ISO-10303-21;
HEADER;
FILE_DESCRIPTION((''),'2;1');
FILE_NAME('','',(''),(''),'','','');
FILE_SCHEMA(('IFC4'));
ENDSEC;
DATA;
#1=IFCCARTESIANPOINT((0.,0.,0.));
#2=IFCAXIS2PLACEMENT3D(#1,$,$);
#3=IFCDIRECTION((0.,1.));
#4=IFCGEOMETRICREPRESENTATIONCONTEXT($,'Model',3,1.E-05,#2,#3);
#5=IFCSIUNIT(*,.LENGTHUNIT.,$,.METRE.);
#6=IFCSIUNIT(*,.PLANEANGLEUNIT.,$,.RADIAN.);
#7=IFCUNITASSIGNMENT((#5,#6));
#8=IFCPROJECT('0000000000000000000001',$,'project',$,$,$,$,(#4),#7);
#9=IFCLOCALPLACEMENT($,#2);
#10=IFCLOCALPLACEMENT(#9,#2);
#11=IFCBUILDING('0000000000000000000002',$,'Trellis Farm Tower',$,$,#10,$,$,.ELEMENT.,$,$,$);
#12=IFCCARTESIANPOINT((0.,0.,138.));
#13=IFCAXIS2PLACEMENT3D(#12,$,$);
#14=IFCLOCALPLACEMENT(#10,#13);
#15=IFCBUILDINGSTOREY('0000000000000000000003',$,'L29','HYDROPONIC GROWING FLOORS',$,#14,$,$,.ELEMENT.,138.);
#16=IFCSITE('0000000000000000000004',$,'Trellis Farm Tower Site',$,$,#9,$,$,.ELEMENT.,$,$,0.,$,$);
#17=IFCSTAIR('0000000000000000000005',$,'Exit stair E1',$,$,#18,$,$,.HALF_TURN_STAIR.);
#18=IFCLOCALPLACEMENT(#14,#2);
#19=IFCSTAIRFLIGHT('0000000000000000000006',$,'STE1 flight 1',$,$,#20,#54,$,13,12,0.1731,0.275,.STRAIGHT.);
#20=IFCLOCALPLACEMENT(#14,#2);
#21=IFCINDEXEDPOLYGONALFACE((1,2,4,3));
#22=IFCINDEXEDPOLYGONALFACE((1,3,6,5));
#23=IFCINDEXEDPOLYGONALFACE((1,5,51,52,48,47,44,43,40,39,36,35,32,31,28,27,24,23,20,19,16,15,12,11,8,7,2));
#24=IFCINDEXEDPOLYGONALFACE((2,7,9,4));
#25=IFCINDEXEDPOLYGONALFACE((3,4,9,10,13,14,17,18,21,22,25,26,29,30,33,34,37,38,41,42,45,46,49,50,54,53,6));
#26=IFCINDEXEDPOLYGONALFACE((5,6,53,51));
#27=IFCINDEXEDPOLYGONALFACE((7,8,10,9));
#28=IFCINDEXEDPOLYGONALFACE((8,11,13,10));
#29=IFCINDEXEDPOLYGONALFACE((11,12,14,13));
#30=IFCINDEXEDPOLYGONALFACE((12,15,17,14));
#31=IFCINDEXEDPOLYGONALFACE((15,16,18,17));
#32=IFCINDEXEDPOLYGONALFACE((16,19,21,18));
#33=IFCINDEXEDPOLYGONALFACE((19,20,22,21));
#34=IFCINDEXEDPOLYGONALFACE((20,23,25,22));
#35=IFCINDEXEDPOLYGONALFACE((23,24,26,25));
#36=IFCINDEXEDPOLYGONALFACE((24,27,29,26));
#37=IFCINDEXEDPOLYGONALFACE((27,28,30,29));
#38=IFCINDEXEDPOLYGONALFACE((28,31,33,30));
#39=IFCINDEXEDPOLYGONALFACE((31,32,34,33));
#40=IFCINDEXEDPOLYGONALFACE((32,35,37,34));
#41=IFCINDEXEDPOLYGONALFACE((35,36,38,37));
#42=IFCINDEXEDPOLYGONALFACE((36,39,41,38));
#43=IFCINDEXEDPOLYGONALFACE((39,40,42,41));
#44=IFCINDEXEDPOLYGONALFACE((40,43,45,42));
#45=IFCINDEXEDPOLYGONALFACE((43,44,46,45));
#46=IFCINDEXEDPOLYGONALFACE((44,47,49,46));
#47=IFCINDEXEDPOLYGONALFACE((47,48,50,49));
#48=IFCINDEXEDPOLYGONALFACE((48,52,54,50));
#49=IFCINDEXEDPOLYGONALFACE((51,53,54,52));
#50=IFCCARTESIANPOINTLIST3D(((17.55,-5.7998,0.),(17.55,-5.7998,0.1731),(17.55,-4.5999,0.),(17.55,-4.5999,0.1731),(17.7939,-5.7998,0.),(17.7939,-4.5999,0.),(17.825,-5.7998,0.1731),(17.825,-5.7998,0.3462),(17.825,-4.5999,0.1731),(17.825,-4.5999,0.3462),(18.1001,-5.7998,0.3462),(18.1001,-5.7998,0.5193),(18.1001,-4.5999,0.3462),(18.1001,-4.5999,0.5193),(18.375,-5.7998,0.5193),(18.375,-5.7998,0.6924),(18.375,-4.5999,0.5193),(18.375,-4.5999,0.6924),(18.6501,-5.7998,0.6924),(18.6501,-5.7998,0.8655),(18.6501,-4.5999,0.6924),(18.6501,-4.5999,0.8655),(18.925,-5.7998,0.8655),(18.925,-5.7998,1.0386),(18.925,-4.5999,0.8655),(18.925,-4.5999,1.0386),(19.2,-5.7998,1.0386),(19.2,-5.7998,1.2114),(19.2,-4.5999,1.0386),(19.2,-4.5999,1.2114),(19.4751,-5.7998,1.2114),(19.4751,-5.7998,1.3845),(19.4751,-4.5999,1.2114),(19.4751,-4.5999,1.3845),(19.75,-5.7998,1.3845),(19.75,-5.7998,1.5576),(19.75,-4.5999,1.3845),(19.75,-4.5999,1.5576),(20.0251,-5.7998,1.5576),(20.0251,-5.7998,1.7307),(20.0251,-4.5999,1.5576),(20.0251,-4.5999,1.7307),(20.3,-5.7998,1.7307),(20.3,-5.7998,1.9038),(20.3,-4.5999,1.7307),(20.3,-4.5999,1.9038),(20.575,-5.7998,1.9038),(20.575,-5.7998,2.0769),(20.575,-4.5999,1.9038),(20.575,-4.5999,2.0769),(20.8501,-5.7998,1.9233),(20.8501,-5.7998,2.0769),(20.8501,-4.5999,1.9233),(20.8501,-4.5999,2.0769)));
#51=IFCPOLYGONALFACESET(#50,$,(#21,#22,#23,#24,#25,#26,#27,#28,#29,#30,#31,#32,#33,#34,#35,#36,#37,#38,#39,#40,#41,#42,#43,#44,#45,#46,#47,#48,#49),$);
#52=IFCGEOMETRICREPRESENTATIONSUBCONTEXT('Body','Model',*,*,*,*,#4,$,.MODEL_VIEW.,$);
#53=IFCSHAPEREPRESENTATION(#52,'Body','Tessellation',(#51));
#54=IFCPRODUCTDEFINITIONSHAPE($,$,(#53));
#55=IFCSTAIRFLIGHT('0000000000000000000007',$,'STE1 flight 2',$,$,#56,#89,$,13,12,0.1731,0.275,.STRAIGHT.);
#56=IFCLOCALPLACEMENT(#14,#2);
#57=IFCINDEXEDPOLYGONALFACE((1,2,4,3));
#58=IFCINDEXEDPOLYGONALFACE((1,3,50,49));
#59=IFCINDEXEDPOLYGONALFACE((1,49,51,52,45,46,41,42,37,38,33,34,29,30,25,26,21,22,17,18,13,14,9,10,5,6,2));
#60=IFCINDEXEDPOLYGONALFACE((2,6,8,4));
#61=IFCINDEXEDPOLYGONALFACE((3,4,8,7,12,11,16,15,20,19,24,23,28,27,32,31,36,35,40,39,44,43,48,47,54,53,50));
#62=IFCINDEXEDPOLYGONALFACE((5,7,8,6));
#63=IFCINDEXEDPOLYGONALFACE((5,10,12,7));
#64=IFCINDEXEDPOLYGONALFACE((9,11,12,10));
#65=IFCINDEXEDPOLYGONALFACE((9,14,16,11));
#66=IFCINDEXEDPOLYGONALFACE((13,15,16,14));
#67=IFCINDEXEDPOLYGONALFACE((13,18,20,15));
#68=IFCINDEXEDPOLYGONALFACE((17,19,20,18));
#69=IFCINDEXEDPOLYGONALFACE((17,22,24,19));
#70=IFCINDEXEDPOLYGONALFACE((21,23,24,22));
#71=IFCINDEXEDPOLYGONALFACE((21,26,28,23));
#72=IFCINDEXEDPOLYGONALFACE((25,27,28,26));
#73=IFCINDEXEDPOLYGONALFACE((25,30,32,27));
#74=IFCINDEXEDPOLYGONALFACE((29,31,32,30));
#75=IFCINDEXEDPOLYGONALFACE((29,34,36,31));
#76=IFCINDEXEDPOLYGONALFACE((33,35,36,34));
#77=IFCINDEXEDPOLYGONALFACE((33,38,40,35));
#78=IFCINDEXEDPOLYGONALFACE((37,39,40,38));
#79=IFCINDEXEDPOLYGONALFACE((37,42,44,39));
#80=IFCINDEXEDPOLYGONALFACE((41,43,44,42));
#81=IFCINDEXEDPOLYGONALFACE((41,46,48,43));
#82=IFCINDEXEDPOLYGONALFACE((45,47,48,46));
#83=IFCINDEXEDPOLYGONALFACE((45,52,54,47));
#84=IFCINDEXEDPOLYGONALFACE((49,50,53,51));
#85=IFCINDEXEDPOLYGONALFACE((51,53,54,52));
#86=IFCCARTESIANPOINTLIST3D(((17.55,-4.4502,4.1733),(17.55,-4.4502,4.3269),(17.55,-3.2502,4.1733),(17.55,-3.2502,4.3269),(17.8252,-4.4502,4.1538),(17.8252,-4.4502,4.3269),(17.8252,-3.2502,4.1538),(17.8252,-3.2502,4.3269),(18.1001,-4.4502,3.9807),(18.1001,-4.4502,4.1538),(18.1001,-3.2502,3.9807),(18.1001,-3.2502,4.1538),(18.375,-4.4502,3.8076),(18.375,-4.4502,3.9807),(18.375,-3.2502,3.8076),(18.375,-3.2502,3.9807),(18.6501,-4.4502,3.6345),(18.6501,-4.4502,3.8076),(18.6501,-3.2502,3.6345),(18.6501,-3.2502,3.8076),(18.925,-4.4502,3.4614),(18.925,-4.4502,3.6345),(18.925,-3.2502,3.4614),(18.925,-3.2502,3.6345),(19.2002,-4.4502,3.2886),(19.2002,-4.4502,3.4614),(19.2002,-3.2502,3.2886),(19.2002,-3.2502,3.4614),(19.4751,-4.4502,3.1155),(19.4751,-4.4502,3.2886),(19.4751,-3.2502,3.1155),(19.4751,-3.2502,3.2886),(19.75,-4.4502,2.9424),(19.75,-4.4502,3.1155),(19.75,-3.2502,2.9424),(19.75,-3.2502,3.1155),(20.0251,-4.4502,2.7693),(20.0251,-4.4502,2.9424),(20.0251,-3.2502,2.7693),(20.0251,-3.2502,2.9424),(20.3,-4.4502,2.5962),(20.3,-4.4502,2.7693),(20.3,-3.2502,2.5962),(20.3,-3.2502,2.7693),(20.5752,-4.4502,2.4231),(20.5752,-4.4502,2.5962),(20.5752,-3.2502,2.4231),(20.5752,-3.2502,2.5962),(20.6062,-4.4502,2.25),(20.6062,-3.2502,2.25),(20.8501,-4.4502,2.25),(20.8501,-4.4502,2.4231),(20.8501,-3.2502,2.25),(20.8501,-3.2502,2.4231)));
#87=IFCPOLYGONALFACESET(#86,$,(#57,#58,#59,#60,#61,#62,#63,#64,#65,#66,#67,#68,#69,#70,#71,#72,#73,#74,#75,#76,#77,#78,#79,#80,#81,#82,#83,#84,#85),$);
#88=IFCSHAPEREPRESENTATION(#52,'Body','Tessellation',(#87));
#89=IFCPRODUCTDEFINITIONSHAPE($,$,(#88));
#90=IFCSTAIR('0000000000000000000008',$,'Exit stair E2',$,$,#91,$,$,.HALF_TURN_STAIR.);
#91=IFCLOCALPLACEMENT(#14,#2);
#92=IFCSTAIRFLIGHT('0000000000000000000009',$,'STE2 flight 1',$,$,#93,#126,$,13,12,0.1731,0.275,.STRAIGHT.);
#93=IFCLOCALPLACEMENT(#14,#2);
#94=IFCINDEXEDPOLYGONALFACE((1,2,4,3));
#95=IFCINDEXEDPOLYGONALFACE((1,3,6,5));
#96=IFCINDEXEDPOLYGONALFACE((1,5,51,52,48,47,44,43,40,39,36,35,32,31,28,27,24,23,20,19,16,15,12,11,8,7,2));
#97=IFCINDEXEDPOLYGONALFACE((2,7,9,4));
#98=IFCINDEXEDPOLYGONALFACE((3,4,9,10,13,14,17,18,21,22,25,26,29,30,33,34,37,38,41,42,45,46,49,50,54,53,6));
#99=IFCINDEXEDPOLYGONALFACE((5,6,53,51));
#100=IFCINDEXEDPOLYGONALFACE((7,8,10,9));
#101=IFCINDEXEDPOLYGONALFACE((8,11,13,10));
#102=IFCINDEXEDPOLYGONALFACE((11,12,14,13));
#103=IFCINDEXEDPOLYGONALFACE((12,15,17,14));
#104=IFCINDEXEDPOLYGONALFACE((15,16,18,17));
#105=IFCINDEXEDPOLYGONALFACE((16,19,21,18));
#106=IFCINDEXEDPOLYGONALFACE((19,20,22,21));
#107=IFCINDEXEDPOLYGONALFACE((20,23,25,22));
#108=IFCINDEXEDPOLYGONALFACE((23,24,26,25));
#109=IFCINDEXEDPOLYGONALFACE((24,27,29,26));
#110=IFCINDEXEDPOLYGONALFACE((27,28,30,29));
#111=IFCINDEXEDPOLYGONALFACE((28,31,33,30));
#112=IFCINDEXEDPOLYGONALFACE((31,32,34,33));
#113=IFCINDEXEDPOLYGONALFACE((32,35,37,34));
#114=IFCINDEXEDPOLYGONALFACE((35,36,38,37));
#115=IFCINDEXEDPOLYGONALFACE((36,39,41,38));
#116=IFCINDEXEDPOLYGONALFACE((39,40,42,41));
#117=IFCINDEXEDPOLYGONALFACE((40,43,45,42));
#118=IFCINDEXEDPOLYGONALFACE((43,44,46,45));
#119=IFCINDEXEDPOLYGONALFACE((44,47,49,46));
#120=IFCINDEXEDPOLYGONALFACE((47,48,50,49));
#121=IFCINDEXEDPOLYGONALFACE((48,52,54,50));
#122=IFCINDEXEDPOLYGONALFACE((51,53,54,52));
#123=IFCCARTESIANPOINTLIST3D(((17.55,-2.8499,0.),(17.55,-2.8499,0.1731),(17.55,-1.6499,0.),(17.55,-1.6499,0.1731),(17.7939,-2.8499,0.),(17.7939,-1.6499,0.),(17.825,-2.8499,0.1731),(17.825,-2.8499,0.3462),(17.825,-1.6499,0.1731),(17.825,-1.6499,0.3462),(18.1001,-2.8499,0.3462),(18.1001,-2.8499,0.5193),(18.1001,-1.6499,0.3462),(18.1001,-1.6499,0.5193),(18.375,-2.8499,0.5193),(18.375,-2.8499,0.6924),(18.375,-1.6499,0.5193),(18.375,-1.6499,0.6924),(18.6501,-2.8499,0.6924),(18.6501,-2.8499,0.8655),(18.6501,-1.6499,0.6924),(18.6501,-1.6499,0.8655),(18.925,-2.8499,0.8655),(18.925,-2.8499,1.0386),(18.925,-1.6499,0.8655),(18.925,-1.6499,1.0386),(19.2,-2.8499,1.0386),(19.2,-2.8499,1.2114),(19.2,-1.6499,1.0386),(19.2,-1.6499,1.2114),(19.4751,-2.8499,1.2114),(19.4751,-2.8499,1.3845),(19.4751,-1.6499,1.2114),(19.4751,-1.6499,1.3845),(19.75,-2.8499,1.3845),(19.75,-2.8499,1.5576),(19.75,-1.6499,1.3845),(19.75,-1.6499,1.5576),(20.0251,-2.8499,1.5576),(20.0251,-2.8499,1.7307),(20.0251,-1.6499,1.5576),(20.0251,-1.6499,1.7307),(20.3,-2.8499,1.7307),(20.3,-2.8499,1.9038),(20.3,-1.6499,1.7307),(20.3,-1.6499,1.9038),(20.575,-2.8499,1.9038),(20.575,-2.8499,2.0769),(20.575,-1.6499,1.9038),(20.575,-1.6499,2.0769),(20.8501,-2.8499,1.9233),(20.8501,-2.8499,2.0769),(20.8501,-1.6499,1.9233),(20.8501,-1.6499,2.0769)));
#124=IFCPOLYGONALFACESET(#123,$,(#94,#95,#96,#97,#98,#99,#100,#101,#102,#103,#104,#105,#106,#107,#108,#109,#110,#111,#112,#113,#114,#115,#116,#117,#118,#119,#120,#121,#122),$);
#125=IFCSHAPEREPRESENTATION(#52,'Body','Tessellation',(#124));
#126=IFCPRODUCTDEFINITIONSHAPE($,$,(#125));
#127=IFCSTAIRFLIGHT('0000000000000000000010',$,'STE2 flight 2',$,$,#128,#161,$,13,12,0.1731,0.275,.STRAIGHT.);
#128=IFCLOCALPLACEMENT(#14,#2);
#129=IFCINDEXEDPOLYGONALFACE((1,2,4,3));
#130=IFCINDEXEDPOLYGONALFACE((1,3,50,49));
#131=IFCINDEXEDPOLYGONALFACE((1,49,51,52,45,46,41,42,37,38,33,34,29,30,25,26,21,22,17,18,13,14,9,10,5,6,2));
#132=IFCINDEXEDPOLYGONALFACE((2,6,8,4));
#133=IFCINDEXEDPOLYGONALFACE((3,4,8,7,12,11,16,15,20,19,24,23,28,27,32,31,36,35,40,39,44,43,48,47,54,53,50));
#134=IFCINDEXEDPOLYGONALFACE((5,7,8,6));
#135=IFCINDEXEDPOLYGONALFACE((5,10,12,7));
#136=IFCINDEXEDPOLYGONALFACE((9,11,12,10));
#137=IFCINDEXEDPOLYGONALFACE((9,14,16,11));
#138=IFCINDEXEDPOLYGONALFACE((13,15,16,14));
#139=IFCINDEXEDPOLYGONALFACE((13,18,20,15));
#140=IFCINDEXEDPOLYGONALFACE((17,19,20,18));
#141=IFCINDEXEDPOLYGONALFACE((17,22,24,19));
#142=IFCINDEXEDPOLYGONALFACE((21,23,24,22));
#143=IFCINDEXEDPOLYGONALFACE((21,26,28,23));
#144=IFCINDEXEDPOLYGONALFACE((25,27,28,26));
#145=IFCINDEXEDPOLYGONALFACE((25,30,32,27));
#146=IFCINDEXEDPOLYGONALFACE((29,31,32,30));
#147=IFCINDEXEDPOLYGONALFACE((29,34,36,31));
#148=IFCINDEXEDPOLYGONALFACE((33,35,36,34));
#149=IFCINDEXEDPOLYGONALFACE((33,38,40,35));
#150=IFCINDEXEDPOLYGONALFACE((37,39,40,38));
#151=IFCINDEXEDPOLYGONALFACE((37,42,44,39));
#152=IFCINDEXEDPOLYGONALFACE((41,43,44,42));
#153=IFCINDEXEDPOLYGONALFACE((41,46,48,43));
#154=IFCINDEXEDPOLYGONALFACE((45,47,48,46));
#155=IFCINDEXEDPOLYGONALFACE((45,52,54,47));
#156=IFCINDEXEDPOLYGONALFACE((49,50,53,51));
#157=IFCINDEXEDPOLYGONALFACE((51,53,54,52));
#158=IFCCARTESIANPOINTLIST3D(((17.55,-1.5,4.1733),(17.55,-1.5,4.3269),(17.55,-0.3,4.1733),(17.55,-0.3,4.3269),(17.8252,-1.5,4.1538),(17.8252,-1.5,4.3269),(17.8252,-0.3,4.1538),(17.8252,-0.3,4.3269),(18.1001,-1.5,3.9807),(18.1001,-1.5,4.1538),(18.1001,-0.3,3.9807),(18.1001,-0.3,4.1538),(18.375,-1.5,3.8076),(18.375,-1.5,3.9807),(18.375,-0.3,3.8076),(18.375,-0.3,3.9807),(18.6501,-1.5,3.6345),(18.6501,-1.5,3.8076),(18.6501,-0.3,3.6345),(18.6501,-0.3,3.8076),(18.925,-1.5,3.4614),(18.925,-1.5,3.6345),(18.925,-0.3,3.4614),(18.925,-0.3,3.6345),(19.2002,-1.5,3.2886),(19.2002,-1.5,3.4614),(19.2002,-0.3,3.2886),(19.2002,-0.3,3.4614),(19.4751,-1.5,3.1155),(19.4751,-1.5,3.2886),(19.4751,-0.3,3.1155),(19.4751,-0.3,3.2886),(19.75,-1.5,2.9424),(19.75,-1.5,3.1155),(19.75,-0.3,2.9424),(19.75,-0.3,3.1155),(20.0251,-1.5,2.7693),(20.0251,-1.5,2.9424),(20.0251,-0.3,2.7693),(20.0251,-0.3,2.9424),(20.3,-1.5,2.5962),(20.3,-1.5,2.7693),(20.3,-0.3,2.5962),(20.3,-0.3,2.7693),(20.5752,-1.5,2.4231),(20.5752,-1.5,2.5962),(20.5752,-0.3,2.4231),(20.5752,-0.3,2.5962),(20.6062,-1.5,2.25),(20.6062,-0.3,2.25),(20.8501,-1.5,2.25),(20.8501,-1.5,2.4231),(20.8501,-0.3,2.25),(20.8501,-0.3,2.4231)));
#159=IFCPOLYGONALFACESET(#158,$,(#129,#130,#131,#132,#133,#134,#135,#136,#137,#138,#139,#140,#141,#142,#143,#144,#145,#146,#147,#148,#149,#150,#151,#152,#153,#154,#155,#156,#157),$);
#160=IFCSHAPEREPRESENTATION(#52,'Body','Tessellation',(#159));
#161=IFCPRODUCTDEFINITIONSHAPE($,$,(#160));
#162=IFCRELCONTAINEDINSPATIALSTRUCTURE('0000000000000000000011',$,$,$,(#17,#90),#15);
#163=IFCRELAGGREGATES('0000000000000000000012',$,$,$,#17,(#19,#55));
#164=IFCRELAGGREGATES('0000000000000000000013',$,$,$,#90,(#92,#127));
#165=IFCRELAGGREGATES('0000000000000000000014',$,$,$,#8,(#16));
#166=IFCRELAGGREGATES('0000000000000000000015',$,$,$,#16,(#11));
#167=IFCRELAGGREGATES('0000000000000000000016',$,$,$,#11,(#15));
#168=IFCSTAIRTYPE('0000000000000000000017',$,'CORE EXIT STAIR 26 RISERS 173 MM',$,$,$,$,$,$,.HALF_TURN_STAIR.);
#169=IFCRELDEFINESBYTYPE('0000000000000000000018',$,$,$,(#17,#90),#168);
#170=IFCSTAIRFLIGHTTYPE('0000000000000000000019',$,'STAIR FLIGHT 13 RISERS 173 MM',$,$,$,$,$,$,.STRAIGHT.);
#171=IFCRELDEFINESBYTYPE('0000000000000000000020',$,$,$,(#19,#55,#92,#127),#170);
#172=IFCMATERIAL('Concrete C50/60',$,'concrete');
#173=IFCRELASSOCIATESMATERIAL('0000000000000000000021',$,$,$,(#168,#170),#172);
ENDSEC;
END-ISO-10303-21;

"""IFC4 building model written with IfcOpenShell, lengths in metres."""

from ifc_helpers import new_model, si_unit, direction, frame, origin, place, context, subcontext, project, spatial, polyline, outline, extrude, source, transform, mapped, material, type_object, element, aggregate, save


model = new_model("IFC4")

# Units and contexts
model_context = context("Model", 3, precision=1e-05, world=origin(), true_north=direction((0.0, 1.0)))
body_context = subcontext(model_context, "Body", "Model", "MODEL_VIEW")
ifc_project = project(units=[si_unit("LENGTHUNIT", "METRE"), si_unit("PLANEANGLEUNIT", "RADIAN")], contexts=[model_context])

# Site, building, storey
site_placement = place(None, origin())
site = spatial("IfcSite", under=ifc_project, at=site_placement, Name="Trellis Farm Tower Site", CompositionType="ELEMENT", RefElevation=0.0)
building_placement = place(site_placement, origin())
building = spatial("IfcBuilding", under=site, at=building_placement, Name="Trellis Farm Tower", CompositionType="ELEMENT")
storey_placement = place(building_placement, frame((0.0, 0.0, 138.0)))
storey = spatial("IfcBuildingStorey", under=building, at=storey_placement, Name="L29", Description="HYDROPONIC GROWING FLOORS", CompositionType="ELEMENT", Elevation=138.0)

# Shared definitions
placement = place(storey_placement, origin())

# Stairs, stair flights
ifc_material_1 = material(Name="Concrete C50/60", Category="concrete")
stair_type = type_object("IfcStairType", Name="CORE EXIT STAIR 26 RISERS 173 MM", PredefinedType="HALF_TURN_STAIR", material=ifc_material_1)
stair_1 = element("IfcStair", 1, at=placement, inside=storey, type_object=stair_type, Name="Exit stair E1", PredefinedType="HALF_TURN_STAIR")
stair_flight_type = type_object("IfcStairFlightType", Name="STAIR FLIGHT 13 RISERS 173 MM", PredefinedType="STRAIGHT", material=ifc_material_1)
shared_shape_1 = source(origin(), body_context, "Body", "SweptSolid", [
    extrude(outline(polyline([(0.0, 0.0), (0.0, 0.1731), (0.2749, 0.1731), (0.2749, 0.3462), (0.55, 0.3462), (0.55, 0.5193), (0.825, 0.5193), (0.825, 0.6924), (1.1001, 0.6924), (1.1001, 0.8655), (1.375, 0.8655), (1.375, 1.0386), (1.6499, 1.0386), (1.6499, 1.2114), (1.925, 1.2114), (1.925, 1.3845), (2.2, 1.3845), (2.2, 1.5576), (2.4751, 1.5576), (2.4751, 1.7307), (2.75, 1.7307), (2.75, 1.9038), (3.0249, 1.9038), (3.0249, 2.0769), (3.3, 2.0769), (3.3, 2.25), (3.3, 1.9233), (0.2439, 0.0), (0.0, 0.0)])), frame((0.0, 0.6001, 0.0), z_axis=(0.0, -1.0, 0.0), x_axis=(1.0, 0.0, 0.0)), (0.0, 0.0, 1.0), 1.2),
])
stair_flight_1_placement = place(storey_placement, frame((17.55, -5.2, 0.0), z_axis=(0.0, 0.0, 1.0), x_axis=(1.0, 0.0, 0.0)))
stair_flight_1 = element("IfcStairFlight", 2, at=stair_flight_1_placement, type_object=stair_flight_type, Name="STE1 flight 1", NumberOfRisers=13, NumberOfTreads=12, PredefinedType="STRAIGHT", RiserHeight=0.1731, TreadLength=0.275, context=body_context, shape_type="MappedRepresentation", body=[
    mapped(shared_shape_1, transform((0.0, 0.0, 0.0))),
])
stair_flight_2_placement = place(storey_placement, frame((20.8501, -3.8501, 2.25), z_axis=(0.0, 0.0, 1.0), x_axis=(-1.0, 0.0, 0.0)))
stair_flight_2 = element("IfcStairFlight", 3, at=stair_flight_2_placement, type_object=stair_flight_type, Name="STE1 flight 2", NumberOfRisers=13, NumberOfTreads=12, PredefinedType="STRAIGHT", RiserHeight=0.1731, TreadLength=0.275, context=body_context, shape_type="MappedRepresentation", body=[
    mapped(shared_shape_1, transform((0.0, 0.0, 0.0))),
])
aggregate(stair_1, [stair_flight_1, stair_flight_2])
stair_2 = element("IfcStair", 4, at=placement, inside=storey, type_object=stair_type, Name="Exit stair E2", PredefinedType="HALF_TURN_STAIR")
stair_flight_3_placement = place(storey_placement, frame((17.55, -2.25, 0.0), z_axis=(0.0, 0.0, 1.0), x_axis=(1.0, 0.0, 0.0)))
stair_flight_3 = element("IfcStairFlight", 5, at=stair_flight_3_placement, type_object=stair_flight_type, Name="STE2 flight 1", NumberOfRisers=13, NumberOfTreads=12, PredefinedType="STRAIGHT", RiserHeight=0.1731, TreadLength=0.275, context=body_context, shape_type="MappedRepresentation", body=[
    mapped(shared_shape_1, transform((0.0, 0.0, 0.0))),
])
stair_flight_4_placement = place(storey_placement, frame((20.8501, -0.8999, 2.25), z_axis=(0.0, 0.0, 1.0), x_axis=(-1.0, 0.0, 0.0)))
stair_flight_4 = element("IfcStairFlight", 6, at=stair_flight_4_placement, type_object=stair_flight_type, Name="STE2 flight 2", NumberOfRisers=13, NumberOfTreads=12, PredefinedType="STRAIGHT", RiserHeight=0.1731, TreadLength=0.275, context=body_context, shape_type="MappedRepresentation", body=[
    mapped(shared_shape_1, transform((0.0, 0.0, 0.0))),
])
aggregate(stair_2, [stair_flight_3, stair_flight_4])

save(model, "model.ifc")
